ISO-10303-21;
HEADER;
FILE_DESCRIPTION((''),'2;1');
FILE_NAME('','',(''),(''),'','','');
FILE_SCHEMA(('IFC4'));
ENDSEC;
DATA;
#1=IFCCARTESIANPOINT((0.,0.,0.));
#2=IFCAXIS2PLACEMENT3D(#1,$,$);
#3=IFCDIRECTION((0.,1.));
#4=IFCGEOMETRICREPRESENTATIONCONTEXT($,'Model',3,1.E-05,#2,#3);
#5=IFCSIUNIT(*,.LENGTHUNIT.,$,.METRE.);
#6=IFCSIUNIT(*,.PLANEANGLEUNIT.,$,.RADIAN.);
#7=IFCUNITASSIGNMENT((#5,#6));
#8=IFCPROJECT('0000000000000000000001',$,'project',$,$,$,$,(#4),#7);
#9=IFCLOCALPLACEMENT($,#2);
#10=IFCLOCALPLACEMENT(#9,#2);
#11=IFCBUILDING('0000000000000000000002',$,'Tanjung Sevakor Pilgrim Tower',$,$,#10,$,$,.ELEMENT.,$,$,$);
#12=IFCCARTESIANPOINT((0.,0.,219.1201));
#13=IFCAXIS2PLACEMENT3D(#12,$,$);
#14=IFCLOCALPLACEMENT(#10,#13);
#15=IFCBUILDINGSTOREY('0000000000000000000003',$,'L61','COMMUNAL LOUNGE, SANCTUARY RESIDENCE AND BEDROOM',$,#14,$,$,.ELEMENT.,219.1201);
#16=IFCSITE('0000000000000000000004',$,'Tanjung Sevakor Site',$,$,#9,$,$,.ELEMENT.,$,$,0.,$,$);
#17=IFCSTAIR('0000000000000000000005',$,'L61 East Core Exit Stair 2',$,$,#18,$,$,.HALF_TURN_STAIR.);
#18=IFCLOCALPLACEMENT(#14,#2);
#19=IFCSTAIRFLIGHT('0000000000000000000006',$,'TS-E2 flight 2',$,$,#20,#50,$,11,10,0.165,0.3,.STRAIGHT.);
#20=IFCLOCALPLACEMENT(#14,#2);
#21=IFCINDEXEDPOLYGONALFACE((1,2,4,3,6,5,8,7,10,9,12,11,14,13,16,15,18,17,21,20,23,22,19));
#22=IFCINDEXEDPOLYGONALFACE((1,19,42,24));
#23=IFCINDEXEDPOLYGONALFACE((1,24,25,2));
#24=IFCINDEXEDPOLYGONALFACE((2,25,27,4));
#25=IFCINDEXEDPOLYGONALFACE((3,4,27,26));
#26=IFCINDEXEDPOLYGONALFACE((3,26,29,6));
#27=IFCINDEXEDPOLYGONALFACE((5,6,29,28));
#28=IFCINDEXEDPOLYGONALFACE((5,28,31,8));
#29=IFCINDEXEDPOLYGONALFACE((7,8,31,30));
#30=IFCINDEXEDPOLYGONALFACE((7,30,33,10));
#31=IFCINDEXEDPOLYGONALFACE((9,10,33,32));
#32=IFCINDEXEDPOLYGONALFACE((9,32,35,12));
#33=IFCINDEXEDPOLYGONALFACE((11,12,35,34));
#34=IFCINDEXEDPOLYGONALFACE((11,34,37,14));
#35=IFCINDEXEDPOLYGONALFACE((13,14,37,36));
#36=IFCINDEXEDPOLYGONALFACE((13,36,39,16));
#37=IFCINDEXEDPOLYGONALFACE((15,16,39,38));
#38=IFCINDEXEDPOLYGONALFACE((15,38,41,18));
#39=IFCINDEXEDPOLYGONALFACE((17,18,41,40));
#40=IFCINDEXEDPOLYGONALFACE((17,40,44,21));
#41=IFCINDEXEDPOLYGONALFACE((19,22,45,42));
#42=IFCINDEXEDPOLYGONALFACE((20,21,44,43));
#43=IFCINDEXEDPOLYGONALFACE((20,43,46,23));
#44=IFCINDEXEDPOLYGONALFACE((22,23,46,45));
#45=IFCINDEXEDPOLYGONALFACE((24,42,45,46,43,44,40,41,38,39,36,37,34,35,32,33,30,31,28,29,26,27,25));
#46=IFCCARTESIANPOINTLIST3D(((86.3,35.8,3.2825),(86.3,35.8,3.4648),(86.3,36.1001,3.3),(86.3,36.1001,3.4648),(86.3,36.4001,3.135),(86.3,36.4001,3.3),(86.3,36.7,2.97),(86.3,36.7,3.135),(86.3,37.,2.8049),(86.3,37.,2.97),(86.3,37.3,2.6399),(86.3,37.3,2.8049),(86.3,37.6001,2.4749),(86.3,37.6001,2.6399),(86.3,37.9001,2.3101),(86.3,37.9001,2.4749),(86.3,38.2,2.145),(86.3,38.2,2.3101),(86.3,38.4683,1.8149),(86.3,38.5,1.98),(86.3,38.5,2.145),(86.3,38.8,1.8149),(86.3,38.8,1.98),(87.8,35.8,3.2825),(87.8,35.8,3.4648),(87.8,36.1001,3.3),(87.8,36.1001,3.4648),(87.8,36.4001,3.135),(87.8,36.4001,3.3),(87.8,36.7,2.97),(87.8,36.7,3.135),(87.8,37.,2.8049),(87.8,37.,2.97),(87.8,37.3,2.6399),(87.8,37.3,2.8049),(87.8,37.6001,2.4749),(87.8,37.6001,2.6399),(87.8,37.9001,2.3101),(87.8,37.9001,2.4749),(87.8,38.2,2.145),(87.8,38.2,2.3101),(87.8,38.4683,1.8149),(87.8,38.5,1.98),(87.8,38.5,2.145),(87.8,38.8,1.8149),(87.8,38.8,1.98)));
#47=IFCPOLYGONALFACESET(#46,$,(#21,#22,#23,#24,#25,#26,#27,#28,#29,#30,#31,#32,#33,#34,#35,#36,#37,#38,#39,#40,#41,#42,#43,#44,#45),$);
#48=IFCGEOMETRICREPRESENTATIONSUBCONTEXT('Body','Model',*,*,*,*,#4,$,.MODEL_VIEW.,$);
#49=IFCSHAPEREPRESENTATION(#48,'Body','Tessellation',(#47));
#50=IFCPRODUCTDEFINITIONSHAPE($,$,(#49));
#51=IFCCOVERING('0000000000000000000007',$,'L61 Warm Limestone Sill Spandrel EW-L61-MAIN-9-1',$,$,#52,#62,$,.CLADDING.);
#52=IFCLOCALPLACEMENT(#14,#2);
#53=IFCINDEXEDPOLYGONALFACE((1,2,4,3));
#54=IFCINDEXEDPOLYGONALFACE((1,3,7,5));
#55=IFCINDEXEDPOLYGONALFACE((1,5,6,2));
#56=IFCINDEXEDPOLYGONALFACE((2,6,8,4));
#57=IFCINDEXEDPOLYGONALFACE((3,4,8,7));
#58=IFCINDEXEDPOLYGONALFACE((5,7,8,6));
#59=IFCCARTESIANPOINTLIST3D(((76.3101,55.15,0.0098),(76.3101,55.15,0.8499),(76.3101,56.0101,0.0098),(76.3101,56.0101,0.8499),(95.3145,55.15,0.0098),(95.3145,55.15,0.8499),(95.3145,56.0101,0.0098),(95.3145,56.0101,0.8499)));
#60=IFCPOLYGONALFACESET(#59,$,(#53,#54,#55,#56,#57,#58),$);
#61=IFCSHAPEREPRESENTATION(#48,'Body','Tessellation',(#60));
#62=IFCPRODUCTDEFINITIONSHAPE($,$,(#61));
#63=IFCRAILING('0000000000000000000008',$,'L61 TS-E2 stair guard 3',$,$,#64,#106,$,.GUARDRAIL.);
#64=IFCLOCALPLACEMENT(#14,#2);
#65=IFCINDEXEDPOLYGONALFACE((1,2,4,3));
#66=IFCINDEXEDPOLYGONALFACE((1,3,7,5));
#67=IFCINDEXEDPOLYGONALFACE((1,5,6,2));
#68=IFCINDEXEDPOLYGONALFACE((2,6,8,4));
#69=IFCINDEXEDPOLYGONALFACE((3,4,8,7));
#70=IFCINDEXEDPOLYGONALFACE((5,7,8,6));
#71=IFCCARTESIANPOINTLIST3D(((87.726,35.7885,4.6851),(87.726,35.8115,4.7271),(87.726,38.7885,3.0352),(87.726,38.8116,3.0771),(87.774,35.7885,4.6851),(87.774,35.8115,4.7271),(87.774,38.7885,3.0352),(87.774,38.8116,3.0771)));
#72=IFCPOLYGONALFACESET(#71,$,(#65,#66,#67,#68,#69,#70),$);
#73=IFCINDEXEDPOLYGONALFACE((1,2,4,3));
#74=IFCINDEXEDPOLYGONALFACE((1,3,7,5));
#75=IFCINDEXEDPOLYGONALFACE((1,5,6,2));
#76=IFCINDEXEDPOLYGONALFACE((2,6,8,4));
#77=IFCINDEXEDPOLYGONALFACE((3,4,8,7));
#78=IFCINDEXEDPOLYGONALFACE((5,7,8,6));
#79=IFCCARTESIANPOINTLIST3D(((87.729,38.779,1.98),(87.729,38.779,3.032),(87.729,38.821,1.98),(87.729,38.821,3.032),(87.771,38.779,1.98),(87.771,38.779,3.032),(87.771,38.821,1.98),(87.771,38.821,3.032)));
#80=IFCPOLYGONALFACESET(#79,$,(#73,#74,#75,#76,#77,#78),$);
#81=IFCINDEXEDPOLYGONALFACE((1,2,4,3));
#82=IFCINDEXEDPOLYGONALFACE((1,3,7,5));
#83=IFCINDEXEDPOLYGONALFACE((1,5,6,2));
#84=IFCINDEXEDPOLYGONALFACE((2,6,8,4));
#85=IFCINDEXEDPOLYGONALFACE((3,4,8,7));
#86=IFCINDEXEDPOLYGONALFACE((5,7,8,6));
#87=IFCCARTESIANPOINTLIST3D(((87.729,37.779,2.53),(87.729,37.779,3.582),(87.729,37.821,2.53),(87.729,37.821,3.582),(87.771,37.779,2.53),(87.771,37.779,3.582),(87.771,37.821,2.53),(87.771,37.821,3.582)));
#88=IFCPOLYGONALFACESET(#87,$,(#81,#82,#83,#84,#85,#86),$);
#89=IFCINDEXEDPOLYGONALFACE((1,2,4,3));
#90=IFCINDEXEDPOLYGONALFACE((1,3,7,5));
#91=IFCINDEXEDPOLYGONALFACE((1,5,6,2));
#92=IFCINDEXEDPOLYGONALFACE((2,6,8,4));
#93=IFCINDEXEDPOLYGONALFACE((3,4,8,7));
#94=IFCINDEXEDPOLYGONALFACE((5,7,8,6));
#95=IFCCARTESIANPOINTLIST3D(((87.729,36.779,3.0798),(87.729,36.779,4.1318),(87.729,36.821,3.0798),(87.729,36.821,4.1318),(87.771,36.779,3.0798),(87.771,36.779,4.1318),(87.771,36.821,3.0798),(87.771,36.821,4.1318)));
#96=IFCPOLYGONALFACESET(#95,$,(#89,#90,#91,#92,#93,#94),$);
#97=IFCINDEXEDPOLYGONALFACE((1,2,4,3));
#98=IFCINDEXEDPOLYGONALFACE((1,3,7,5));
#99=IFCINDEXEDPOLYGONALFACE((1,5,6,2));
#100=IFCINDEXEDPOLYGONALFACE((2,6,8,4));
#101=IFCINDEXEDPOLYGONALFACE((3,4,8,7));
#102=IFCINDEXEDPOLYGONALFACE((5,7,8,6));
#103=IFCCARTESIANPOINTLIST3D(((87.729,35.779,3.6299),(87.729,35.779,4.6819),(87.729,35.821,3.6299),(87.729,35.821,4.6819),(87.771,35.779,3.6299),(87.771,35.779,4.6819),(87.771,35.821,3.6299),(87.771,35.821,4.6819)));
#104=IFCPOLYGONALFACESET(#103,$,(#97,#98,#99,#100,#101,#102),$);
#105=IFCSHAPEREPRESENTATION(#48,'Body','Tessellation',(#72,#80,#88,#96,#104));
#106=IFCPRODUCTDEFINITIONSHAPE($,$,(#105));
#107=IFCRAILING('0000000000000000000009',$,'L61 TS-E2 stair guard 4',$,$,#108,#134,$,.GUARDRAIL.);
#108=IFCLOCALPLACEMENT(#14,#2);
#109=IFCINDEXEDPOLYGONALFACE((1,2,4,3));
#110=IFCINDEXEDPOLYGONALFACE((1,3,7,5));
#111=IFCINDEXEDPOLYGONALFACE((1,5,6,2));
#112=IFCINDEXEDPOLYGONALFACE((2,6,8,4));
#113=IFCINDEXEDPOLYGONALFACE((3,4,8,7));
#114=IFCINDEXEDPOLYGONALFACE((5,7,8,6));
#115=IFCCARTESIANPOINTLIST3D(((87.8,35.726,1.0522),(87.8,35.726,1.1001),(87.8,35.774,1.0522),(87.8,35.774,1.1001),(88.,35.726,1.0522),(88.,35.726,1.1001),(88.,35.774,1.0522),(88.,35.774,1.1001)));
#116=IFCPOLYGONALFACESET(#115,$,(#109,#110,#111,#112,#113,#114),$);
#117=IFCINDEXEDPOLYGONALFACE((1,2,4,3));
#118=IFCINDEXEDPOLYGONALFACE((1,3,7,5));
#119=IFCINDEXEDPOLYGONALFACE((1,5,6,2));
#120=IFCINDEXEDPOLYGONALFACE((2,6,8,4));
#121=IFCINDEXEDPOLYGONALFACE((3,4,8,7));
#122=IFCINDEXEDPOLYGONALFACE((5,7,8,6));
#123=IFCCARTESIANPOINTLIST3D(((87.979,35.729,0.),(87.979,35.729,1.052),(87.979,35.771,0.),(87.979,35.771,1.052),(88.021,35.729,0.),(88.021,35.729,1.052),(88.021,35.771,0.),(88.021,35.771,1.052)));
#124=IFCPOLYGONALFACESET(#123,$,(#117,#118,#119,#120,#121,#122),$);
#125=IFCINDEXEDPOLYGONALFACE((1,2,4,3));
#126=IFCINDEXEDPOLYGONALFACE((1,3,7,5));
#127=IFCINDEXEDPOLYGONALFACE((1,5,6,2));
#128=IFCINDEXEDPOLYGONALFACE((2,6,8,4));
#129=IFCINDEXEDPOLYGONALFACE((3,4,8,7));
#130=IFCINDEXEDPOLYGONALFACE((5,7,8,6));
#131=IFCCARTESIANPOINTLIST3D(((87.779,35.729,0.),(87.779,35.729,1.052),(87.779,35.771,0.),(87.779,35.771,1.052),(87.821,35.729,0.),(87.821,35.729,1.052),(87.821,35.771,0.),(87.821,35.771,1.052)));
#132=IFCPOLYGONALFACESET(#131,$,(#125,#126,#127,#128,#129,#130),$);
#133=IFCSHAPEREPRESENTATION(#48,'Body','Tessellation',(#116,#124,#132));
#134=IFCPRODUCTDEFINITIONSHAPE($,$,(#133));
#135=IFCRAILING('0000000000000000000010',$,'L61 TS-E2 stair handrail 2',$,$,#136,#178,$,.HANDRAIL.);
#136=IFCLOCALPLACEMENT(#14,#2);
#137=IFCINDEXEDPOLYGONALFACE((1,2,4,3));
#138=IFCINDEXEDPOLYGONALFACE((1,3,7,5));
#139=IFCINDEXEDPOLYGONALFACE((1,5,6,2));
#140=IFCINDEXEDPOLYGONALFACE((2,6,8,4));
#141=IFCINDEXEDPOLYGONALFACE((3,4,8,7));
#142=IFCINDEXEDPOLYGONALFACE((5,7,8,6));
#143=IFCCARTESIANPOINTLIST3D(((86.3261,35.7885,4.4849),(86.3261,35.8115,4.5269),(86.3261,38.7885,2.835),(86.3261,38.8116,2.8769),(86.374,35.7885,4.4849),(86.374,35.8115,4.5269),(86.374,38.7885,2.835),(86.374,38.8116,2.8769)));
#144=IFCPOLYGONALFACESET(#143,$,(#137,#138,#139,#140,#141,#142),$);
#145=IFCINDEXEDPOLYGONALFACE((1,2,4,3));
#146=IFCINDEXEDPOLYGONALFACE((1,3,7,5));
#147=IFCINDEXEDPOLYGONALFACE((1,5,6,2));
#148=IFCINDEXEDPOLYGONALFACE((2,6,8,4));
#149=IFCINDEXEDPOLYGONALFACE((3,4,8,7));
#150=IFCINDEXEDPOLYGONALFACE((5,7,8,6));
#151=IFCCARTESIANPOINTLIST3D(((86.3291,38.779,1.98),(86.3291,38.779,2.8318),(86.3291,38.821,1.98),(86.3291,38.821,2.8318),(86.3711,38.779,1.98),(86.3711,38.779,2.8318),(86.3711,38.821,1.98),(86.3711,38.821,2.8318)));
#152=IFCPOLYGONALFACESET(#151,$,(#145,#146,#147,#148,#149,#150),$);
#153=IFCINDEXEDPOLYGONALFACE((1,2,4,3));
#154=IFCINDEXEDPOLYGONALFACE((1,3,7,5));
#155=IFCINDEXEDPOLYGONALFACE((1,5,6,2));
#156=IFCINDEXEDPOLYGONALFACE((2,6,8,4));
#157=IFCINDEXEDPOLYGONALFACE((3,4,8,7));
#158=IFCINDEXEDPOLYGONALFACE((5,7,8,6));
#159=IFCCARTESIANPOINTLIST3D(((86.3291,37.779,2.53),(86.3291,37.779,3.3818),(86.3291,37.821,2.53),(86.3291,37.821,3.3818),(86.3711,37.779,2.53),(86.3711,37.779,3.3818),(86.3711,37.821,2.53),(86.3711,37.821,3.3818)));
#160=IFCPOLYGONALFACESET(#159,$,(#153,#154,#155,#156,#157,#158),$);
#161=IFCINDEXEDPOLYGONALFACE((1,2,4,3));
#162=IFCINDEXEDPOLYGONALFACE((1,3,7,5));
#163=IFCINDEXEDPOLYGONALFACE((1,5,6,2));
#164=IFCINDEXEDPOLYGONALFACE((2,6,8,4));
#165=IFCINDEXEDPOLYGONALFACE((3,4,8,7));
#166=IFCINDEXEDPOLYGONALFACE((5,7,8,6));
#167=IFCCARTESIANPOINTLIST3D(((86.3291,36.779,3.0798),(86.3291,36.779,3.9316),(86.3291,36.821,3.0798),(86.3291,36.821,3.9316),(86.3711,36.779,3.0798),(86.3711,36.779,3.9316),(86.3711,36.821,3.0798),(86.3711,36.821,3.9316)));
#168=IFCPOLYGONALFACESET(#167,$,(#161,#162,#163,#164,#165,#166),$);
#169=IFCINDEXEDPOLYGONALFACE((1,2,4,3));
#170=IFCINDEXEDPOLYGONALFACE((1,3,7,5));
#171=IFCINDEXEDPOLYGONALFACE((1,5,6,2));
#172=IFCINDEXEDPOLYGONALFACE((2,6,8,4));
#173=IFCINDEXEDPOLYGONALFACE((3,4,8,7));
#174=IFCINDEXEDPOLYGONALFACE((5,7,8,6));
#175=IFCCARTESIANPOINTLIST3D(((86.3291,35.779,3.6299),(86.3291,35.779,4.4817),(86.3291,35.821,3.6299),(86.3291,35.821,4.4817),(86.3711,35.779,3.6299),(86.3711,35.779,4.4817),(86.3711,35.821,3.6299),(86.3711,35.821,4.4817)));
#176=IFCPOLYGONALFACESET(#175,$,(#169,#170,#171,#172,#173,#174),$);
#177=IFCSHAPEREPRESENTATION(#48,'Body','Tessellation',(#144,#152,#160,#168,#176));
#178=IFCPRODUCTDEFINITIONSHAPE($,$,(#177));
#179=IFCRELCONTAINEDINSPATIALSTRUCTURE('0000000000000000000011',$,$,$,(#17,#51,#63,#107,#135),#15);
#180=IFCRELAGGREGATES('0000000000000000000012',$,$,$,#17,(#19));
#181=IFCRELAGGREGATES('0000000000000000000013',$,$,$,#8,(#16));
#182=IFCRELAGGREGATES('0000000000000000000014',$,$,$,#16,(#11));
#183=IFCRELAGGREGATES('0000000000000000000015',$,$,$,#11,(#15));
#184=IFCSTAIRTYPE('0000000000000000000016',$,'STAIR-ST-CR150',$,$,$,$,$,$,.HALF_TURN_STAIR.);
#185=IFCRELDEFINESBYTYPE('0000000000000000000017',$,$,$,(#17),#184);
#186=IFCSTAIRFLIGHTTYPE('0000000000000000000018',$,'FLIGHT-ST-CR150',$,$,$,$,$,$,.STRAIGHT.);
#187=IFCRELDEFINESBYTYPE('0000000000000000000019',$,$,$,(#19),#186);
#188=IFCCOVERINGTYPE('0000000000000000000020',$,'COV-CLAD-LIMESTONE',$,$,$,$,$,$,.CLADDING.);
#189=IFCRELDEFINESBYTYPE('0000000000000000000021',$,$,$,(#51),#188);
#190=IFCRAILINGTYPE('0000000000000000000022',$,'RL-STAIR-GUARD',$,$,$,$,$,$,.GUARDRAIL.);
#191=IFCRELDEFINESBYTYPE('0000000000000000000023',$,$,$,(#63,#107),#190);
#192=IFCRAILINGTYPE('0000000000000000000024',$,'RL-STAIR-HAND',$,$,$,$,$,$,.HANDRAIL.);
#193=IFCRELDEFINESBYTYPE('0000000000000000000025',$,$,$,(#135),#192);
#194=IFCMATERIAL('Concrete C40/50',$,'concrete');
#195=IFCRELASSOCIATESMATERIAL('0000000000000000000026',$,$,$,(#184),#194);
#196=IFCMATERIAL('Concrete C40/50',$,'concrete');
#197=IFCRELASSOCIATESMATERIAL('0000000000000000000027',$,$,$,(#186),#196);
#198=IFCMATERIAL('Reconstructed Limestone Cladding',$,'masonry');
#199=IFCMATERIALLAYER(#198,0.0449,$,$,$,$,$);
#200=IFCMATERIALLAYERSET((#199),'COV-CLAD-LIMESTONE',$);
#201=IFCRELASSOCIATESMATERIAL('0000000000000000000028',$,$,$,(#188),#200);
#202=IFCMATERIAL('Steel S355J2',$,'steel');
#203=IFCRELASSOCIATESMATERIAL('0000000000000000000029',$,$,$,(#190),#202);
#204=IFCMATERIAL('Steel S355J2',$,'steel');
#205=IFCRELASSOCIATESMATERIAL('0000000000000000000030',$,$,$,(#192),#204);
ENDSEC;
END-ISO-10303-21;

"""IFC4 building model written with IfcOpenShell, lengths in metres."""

from ifc_helpers import new_model, si_unit, direction, frame, origin, origin_2d, place, context, subcontext, project, spatial, polyline, rectangle, outline, extrude, material, layer, layer_set, type_object, element, aggregate, save


model = new_model("IFC4")

# Units and contexts
model_context = context("Model", 3, precision=1e-05, world=origin(), true_north=direction((0.0, 1.0)))
body_context = subcontext(model_context, "Body", "Model", "MODEL_VIEW")
ifc_project = project(units=[si_unit("LENGTHUNIT", "METRE"), si_unit("PLANEANGLEUNIT", "RADIAN")], contexts=[model_context])

# Site, building, storey
site_placement = place(None, origin())
site = spatial("IfcSite", under=ifc_project, at=site_placement, Name="Tanjung Sevakor Site", CompositionType="ELEMENT", RefElevation=0.0)
building_placement = place(site_placement, origin())
building = spatial("IfcBuilding", under=site, at=building_placement, Name="Tanjung Sevakor Pilgrim Tower", CompositionType="ELEMENT")
storey_placement = place(building_placement, frame((0.0, 0.0, 219.1201)))
storey = spatial("IfcBuildingStorey", under=building, at=storey_placement, Name="L61", Description="COMMUNAL LOUNGE, SANCTUARY RESIDENCE AND BEDROOM", CompositionType="ELEMENT", Elevation=219.1201)

# Stair, stair flight
ifc_material_1 = material(Name="Concrete C40/50", Category="concrete")
stair_type = type_object("IfcStairType", Name="STAIR-ST-CR150", PredefinedType="HALF_TURN_STAIR", material=ifc_material_1)
stair_placement = place(storey_placement, origin())
stair = element("IfcStair", 1, at=stair_placement, inside=storey, type_object=stair_type, Name="L61 East Core Exit Stair 2", PredefinedType="HALF_TURN_STAIR")
ifc_material_2 = material(Name="Concrete C40/50", Category="concrete")
stair_flight_type = type_object("IfcStairFlightType", Name="FLIGHT-ST-CR150", PredefinedType="STRAIGHT", material=ifc_material_2)
stair_flight_placement = place(storey_placement, frame((87.05, 38.8, 1.8149), z_axis=(0.0, 0.0, 1.0), x_axis=(0.0, -1.0, 0.0)))
stair_flight = element("IfcStairFlight", 2, at=stair_flight_placement, type_object=stair_flight_type, Name="TS-E2 flight 2", NumberOfRisers=11, NumberOfTreads=10, PredefinedType="STRAIGHT", RiserHeight=0.165, TreadLength=0.3, context=body_context, shape_type="SweptSolid", body=[
    extrude(outline(polyline([(0.0, 0.0), (0.0, 0.165), (0.3, 0.165), (0.3, 0.3301), (0.6001, 0.3301), (0.6001, 0.4951), (0.8999, 0.4951), (0.8999, 0.6599), (1.2, 0.6599), (1.2, 0.825), (1.5, 0.825), (1.5, 0.99), (1.8, 0.99), (1.8, 1.155), (2.1001, 1.155), (2.1001, 1.3201), (2.3999, 1.3201), (2.3999, 1.4851), (2.7, 1.4851), (2.7, 1.6499), (3.0, 1.6499), (3.0, 1.8149), (3.0, 1.4675), (0.3318, 0.0), (0.0, 0.0)])), frame((0.0, 0.75, 0.0), z_axis=(0.0, -1.0, 0.0), x_axis=(1.0, 0.0, 0.0)), (0.0, 0.0, 1.0), 1.5),
])
aggregate(stair, [stair_flight])

# Covering
ifc_material_3 = material(Name="Reconstructed Limestone Cladding", Category="masonry")
ifc_layer_1 = layer(ifc_material_3, 0.0449)
ifc_layer_set_1 = layer_set([ifc_layer_1], Name="COV-CLAD-LIMESTONE")
covering_type = type_object("IfcCoveringType", Name="COV-CLAD-LIMESTONE", PredefinedType="CLADDING", material=ifc_layer_set_1)
covering_placement = place(storey_placement, frame((85.8123, 55.5801, 0.0098), z_axis=(0.0, 0.0, 1.0), x_axis=(-1.0, 0.0, 0.0)))
element("IfcCovering", 3, at=covering_placement, inside=storey, type_object=covering_type, Name="L61 Warm Limestone Sill Spandrel EW-L61-MAIN-9-1", PredefinedType="CLADDING", context=body_context, shape_type="SweptSolid", body=[
    extrude(rectangle(XDim=19.0044, YDim=0.8601, at=origin_2d()), origin(), (0.0, 0.0, 1.0), 0.8401),
])

# Railings
ifc_material_4 = material(Name="Steel S355J2", Category="steel")
railing_type_1 = type_object("IfcRailingType", Name="RL-STAIR-GUARD", PredefinedType="GUARDRAIL", material=ifc_material_4)
railing_1_placement = place(storey_placement, frame((87.75, 38.8, 1.98)))
element("IfcRailing", 4, at=railing_1_placement, inside=storey, type_object=railing_type_1, Name="L61 TS-E2 stair guard 3", PredefinedType="GUARDRAIL", context=body_context, shape_type="SweptSolid", body=[
    extrude(rectangle(XDim=0.0479, YDim=0.0479), frame((0.0, 0.0, 1.0762), z_axis=(0.0, -0.876228, 0.481897), x_axis=(1.0, 0.0, 0.0)), (0.0, 0.0, 1.0), 3.4238),
    extrude(rectangle(XDim=0.042, YDim=0.042), origin(), (0.0, 0.0, 1.0), 1.052),
    extrude(rectangle(XDim=0.042, YDim=0.042), frame((0.0, -1.0, 0.55)), (0.0, 0.0, 1.0), 1.052),
    extrude(rectangle(XDim=0.042, YDim=0.042), frame((0.0, -2.0, 1.0999)), (0.0, 0.0, 1.0), 1.052),
    extrude(rectangle(XDim=0.042, YDim=0.042), frame((0.0, -3.0, 1.6499)), (0.0, 0.0, 1.0), 1.052),
])
railing_2_placement = place(storey_placement, frame((88.0, 35.75, 0.0)))
element("IfcRailing", 5, at=railing_2_placement, inside=storey, type_object=railing_type_1, Name="L61 TS-E2 stair guard 4", PredefinedType="GUARDRAIL", context=body_context, shape_type="SweptSolid", body=[
    extrude(rectangle(XDim=0.0479, YDim=0.0479), frame((0.0, 0.0, 1.0762), z_axis=(-1.0, 0.0, 0.0), x_axis=(0.0, -1.0, 0.0)), (0.0, 0.0, 1.0), 0.2),
    extrude(rectangle(XDim=0.042, YDim=0.042), origin(), (0.0, 0.0, 1.0), 1.052),
    extrude(rectangle(XDim=0.042, YDim=0.042), frame((-0.2, 0.0, 0.0)), (0.0, 0.0, 1.0), 1.052),
])
ifc_material_5 = material(Name="Steel S355J2", Category="steel")
railing_type_2 = type_object("IfcRailingType", Name="RL-STAIR-HAND", PredefinedType="HANDRAIL", material=ifc_material_5)
railing_3_placement = place(storey_placement, frame((86.3501, 38.8, 1.98)))
element("IfcRailing", 6, at=railing_3_placement, inside=storey, type_object=railing_type_2, Name="L61 TS-E2 stair handrail 2", PredefinedType="HANDRAIL", context=body_context, shape_type="SweptSolid", body=[
    extrude(rectangle(XDim=0.0479, YDim=0.0479), frame((0.0, 0.0, 0.876), z_axis=(0.0, -0.876228, 0.481897), x_axis=(1.0, 0.0, 0.0)), (0.0, 0.0, 1.0), 3.4238),
    extrude(rectangle(XDim=0.042, YDim=0.042), origin(), (0.0, 0.0, 1.0), 0.8518),
    extrude(rectangle(XDim=0.042, YDim=0.042), frame((0.0, -1.0, 0.55)), (0.0, 0.0, 1.0), 0.8518),
    extrude(rectangle(XDim=0.042, YDim=0.042), frame((0.0, -2.0, 1.0999)), (0.0, 0.0, 1.0), 0.8518),
    extrude(rectangle(XDim=0.042, YDim=0.042), frame((0.0, -3.0, 1.6499)), (0.0, 0.0, 1.0), 0.8518),
])

save(model, "model.ifc")
